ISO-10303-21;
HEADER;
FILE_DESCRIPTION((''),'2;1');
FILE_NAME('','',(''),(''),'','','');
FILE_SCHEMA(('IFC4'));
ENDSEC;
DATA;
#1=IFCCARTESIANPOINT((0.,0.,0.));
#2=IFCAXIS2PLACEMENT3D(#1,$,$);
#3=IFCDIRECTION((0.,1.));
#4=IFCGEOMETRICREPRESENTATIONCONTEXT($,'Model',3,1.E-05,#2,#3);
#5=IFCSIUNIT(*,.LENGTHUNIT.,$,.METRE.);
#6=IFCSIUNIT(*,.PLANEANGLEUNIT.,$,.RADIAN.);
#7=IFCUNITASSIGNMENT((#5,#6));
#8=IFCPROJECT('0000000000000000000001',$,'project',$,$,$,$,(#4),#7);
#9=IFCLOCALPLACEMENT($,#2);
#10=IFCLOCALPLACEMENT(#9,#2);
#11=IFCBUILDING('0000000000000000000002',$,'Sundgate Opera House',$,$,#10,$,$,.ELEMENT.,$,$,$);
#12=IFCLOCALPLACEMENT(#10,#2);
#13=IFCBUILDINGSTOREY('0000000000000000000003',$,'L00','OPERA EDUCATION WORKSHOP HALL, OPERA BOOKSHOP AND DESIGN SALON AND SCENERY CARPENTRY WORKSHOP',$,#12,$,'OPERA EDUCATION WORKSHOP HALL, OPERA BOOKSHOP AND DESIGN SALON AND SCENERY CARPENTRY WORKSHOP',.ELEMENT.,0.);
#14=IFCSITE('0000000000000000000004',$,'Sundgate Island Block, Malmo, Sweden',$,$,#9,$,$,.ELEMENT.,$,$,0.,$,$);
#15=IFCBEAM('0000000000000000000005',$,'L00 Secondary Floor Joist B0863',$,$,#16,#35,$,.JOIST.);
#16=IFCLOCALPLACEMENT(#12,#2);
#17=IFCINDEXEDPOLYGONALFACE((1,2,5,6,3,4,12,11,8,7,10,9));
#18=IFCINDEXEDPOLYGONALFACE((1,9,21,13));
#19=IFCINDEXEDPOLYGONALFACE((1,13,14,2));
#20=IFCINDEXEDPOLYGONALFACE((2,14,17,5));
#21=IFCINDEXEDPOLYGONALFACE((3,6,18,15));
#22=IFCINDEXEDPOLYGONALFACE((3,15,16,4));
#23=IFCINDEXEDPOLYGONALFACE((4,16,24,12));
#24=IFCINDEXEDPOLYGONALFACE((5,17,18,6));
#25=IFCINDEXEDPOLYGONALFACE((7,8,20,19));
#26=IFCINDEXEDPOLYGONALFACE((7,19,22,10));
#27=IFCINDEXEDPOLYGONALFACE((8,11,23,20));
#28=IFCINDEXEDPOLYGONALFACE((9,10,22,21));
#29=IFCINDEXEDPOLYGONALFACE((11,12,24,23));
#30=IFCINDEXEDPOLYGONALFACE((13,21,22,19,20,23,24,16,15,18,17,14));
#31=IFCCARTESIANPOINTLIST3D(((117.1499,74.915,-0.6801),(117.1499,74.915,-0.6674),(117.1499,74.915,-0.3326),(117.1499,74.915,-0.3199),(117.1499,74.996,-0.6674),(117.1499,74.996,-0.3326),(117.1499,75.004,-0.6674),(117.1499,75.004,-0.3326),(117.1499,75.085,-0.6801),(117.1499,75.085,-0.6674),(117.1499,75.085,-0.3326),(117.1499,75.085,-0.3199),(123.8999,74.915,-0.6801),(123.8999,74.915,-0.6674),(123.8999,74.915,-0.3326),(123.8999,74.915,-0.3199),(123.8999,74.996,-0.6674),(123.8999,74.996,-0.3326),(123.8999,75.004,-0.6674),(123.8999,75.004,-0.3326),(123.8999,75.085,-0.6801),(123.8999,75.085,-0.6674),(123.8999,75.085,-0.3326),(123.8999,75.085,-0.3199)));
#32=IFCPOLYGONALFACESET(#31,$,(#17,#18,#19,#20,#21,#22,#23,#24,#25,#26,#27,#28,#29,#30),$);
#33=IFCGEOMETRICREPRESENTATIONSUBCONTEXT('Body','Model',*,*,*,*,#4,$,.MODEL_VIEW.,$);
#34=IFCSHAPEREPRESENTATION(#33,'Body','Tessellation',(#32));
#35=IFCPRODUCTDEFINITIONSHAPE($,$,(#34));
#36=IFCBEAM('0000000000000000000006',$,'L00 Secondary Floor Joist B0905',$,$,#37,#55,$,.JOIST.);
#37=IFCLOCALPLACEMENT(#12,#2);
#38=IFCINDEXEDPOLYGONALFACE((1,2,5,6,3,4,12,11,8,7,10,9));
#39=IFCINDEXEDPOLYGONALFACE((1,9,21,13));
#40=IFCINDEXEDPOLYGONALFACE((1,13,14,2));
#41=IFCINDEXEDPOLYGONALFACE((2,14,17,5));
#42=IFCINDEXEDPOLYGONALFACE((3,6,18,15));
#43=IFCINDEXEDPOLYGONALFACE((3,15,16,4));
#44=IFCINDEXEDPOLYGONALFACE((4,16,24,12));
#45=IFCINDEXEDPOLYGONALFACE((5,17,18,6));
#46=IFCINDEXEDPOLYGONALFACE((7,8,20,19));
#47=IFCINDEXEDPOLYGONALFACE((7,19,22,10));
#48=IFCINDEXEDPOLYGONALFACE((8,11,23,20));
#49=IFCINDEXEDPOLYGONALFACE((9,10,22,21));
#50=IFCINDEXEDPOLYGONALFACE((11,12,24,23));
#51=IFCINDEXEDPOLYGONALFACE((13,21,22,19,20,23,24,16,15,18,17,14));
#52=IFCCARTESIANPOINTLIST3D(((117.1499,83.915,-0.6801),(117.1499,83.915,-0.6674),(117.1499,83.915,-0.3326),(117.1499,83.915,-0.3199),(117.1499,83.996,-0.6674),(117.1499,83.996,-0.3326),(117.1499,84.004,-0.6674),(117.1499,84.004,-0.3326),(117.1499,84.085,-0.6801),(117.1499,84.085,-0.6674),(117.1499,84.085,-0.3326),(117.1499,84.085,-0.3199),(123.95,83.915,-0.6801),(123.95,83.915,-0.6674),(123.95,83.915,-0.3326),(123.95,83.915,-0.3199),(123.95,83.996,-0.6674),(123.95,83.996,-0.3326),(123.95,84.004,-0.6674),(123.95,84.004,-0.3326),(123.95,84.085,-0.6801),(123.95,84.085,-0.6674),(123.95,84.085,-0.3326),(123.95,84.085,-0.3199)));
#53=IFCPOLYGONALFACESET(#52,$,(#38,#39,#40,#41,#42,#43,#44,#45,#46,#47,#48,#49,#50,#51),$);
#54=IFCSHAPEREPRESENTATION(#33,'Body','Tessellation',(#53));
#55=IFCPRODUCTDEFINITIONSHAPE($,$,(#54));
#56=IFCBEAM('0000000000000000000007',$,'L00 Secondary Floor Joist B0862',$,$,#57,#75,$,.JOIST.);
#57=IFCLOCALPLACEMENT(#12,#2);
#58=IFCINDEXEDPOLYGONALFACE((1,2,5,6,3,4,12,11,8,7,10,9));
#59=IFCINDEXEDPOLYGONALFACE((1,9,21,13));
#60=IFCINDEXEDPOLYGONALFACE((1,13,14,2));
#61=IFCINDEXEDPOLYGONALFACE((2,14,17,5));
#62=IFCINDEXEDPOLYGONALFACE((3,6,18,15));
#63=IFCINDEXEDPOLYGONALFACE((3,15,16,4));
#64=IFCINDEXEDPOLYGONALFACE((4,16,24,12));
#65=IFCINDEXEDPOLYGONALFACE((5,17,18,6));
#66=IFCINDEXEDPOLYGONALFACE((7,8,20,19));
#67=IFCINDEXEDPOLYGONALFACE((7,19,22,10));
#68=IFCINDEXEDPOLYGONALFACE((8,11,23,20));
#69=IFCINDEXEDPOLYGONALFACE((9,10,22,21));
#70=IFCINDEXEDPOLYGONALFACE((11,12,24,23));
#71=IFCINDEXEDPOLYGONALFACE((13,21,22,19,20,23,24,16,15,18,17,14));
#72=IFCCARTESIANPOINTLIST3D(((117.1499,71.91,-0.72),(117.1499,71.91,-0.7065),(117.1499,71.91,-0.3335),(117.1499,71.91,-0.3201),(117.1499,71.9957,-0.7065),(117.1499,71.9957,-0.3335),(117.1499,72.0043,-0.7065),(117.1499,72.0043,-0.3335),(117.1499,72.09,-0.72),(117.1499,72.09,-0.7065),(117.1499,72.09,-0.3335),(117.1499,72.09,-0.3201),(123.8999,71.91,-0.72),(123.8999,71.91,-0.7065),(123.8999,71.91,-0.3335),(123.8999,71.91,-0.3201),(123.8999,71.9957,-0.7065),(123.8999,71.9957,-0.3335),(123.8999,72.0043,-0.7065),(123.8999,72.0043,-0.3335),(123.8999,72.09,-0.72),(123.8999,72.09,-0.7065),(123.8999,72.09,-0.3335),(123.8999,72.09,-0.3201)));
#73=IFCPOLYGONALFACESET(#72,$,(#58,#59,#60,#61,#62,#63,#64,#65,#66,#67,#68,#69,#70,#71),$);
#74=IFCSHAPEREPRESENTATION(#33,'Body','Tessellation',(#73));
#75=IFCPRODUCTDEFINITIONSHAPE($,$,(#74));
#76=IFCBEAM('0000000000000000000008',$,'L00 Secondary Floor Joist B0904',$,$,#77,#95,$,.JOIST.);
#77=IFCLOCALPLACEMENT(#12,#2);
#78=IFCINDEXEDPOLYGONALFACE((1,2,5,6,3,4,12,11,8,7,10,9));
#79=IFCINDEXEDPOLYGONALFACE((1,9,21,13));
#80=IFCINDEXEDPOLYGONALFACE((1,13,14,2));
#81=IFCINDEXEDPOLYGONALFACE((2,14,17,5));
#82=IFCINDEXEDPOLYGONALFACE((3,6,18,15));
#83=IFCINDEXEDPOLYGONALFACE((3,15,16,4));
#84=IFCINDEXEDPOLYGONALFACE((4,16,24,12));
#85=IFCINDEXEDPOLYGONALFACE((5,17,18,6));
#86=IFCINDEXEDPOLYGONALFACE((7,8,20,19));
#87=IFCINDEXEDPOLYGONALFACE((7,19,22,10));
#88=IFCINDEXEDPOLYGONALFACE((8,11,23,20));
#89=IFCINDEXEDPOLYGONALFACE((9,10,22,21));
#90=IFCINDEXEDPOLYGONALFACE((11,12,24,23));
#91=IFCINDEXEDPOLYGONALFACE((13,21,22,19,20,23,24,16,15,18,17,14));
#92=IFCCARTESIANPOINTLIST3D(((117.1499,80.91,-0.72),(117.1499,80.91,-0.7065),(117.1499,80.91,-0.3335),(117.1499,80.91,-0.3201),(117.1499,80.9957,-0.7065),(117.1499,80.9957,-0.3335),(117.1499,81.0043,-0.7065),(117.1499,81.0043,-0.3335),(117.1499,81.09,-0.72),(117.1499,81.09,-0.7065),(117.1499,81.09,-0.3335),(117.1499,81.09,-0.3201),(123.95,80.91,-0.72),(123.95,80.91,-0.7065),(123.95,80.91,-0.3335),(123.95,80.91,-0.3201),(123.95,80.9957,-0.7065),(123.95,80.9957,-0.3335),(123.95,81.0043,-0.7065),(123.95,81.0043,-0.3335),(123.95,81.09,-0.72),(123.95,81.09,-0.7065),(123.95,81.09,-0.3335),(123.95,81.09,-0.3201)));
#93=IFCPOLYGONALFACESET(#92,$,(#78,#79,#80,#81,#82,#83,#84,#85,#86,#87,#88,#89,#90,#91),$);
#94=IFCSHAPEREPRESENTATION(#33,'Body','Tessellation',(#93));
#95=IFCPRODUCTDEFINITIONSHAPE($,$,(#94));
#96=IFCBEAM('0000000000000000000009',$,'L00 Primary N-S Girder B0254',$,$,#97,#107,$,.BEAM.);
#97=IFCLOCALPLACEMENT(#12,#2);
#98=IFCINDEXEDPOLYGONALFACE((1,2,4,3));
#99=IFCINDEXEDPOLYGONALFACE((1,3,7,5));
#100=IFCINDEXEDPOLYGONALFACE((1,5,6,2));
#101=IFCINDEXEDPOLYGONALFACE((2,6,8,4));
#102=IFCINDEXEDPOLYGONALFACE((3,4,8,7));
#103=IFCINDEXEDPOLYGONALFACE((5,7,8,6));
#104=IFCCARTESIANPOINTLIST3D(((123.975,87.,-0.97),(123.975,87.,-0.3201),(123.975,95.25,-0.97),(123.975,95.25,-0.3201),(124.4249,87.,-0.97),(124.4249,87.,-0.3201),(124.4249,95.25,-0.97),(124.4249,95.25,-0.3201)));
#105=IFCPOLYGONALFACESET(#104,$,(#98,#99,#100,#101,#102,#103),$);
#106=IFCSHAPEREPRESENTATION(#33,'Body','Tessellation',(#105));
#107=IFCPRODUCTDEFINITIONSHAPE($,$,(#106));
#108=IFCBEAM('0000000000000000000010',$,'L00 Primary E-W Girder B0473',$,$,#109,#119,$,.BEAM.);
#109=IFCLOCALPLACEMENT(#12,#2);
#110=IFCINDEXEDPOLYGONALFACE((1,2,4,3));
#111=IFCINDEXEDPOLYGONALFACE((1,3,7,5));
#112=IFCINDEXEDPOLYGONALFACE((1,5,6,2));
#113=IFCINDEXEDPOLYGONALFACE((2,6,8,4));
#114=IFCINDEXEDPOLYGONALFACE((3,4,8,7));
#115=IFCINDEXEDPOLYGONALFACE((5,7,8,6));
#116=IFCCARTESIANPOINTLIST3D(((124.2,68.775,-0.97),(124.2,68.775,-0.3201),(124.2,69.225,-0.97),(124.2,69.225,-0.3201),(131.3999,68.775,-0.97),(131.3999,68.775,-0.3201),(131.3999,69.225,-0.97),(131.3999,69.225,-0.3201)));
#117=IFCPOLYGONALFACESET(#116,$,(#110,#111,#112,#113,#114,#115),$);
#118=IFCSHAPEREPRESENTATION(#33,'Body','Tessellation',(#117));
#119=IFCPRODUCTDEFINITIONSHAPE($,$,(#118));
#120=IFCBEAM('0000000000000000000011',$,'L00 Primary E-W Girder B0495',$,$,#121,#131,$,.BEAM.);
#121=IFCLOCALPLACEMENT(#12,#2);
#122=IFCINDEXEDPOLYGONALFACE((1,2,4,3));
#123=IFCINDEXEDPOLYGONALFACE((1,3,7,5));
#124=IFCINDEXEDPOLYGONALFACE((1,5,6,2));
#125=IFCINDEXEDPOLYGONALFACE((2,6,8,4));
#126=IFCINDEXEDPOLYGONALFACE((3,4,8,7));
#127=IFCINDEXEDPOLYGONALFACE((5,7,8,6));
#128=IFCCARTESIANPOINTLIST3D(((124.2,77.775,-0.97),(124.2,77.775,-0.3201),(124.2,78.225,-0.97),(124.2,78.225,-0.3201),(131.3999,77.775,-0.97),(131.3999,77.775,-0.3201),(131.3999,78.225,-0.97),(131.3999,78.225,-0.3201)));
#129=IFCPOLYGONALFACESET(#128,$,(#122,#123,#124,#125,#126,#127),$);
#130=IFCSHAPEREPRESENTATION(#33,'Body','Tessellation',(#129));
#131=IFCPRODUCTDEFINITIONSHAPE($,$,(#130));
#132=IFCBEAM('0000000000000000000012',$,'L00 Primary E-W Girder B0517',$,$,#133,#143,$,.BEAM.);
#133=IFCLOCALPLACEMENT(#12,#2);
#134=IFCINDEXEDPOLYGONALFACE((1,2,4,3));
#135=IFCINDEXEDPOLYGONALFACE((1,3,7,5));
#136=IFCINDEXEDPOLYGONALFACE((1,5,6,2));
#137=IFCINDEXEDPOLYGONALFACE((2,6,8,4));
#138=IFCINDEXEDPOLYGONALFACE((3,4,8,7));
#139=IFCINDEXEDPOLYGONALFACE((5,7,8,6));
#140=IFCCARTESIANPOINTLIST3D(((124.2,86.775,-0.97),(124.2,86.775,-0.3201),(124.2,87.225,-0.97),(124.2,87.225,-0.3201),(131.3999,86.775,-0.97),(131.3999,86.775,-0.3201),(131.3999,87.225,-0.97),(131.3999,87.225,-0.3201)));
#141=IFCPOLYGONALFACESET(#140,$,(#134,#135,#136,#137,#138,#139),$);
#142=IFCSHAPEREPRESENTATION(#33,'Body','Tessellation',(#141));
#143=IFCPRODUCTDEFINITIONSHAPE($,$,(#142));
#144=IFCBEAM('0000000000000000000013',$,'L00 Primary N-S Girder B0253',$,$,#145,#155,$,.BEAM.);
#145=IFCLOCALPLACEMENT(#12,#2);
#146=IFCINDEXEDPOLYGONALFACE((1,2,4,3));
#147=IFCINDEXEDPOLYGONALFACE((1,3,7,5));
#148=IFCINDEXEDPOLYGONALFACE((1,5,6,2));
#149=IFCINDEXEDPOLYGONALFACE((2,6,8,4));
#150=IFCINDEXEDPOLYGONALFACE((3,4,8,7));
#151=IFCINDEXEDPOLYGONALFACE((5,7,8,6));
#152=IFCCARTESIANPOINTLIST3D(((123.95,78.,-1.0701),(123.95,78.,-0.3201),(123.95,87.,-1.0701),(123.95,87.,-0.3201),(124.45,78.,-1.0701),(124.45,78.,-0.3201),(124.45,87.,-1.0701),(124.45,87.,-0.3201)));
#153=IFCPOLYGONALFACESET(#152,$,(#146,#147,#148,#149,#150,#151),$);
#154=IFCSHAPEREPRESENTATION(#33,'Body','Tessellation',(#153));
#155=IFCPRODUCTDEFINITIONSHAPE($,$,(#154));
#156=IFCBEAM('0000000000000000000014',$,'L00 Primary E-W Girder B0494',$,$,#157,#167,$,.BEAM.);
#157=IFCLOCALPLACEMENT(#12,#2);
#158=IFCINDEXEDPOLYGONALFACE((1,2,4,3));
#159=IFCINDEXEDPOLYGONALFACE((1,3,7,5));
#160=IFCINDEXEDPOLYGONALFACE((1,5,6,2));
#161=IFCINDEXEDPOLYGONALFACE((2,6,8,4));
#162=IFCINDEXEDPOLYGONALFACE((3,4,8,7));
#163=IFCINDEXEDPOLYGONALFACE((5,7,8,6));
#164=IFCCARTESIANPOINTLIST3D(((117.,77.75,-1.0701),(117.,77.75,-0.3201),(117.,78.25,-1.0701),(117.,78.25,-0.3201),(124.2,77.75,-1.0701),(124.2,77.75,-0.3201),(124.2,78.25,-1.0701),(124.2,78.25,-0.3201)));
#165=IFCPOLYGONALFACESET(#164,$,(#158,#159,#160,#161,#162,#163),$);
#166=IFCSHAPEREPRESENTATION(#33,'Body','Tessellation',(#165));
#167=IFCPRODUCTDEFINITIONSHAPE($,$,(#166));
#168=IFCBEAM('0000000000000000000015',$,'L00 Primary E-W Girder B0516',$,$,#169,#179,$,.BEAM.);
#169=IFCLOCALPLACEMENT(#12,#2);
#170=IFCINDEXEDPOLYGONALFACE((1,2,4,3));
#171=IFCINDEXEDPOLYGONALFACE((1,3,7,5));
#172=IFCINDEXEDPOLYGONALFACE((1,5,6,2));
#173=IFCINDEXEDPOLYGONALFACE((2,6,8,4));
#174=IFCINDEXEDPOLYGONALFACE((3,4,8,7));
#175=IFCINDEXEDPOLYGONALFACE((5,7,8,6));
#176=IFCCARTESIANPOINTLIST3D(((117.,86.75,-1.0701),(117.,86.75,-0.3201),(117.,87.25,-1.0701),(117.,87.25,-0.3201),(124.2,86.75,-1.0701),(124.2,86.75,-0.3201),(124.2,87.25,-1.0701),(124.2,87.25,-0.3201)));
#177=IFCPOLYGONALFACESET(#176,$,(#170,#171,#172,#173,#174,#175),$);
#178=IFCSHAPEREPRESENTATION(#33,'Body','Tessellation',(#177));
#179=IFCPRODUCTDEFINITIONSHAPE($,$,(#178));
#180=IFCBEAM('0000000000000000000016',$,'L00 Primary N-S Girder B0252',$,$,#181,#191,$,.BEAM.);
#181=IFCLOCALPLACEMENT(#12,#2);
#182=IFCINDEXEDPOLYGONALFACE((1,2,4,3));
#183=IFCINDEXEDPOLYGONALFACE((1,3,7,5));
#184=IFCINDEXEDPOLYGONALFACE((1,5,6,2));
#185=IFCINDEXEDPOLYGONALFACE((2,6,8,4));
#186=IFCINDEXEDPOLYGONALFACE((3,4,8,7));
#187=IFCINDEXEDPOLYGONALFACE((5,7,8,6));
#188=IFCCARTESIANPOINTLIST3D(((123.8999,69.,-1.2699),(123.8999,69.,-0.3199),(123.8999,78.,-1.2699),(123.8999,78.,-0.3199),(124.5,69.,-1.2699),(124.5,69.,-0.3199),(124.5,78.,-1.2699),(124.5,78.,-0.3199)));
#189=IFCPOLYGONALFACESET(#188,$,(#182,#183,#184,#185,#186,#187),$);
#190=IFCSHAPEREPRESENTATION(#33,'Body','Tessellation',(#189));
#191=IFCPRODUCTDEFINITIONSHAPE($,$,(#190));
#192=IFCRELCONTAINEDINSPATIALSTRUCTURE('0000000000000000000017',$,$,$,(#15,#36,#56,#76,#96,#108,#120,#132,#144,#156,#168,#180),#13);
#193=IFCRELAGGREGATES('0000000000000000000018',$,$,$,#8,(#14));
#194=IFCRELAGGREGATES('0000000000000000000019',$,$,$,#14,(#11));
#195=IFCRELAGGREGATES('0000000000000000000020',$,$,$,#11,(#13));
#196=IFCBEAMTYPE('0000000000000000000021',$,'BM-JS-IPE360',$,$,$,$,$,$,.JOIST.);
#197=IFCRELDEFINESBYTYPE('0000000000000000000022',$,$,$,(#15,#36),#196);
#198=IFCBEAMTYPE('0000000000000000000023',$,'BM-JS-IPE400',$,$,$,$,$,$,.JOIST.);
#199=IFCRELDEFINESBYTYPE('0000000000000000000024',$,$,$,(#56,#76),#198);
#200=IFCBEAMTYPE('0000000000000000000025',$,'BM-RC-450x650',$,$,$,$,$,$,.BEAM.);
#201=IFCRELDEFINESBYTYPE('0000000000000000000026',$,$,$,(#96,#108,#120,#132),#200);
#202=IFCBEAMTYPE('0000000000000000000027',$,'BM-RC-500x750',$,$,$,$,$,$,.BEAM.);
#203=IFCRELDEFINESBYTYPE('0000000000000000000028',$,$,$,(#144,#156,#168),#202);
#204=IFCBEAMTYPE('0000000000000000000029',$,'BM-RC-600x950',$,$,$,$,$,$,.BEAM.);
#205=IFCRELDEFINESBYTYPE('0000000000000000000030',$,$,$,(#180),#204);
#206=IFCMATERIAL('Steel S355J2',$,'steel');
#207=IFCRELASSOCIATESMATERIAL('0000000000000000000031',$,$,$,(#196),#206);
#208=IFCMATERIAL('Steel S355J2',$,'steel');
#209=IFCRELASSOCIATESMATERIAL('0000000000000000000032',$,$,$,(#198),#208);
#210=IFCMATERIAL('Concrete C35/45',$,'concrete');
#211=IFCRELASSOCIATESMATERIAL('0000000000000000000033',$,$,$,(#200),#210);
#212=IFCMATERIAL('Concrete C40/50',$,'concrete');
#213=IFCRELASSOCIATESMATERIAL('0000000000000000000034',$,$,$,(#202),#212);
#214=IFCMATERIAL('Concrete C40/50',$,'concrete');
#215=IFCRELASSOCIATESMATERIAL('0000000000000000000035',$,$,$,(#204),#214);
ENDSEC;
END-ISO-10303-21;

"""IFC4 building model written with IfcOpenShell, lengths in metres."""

from ifc_helpers import new_model, si_unit, direction, frame, origin, origin_2d, place, context, subcontext, project, spatial, rectangle, i_section, extrude, material, material_profile, profile_set, type_object, element, save


model = new_model("IFC4")

# Units and contexts
model_context = context("Model", 3, precision=1e-05, world=origin(), true_north=direction((0.0, 1.0)))
body_context = subcontext(model_context, "Body", "Model", "MODEL_VIEW")
ifc_project = project(units=[si_unit("LENGTHUNIT", "METRE"), si_unit("PLANEANGLEUNIT", "RADIAN")], contexts=[model_context])

# Site, building, storey
site_placement = place(None, origin())
site = spatial("IfcSite", under=ifc_project, at=site_placement, Name="Sundgate Island Block, Malmo, Sweden", CompositionType="ELEMENT", RefElevation=0.0)
building_placement = place(site_placement, origin())
building = spatial("IfcBuilding", under=site, at=building_placement, Name="Sundgate Opera House", CompositionType="ELEMENT")
storey_placement = place(building_placement, origin())
storey = spatial("IfcBuildingStorey", under=building, at=storey_placement, Name="L00", Description="OPERA EDUCATION WORKSHOP HALL, OPERA BOOKSHOP AND DESIGN SALON AND SCENERY CARPENTRY WORKSHOP", LongName="OPERA EDUCATION WORKSHOP HALL, OPERA BOOKSHOP AND DESIGN SALON AND SCENERY CARPENTRY WORKSHOP", CompositionType="ELEMENT", Elevation=0.0)

# Beams
ifc_material_1 = material(Name="Steel S355J2", Category="steel")
ifc_material_profile_1 = material_profile(ifc_material_1, i_section(OverallWidth=0.1699, OverallDepth=0.3601, WebThickness=0.0081, FlangeThickness=0.0127, at=origin_2d()), Name="IPE 360")
ifc_profile_set_1 = profile_set([ifc_material_profile_1], Name="Steel S355J2")
beam_type_1 = type_object("IfcBeamType", Name="BM-JS-IPE360", PredefinedType="JOIST", material=ifc_profile_set_1)
beam_1_placement = place(storey_placement, frame((117.1499, 75.0, -0.5), z_axis=(1.0, 0.0, 0.0), x_axis=(0.0, 1.0, 0.0)))
element("IfcBeam", 1, at=beam_1_placement, inside=storey, type_object=beam_type_1, Name="L00 Secondary Floor Joist B0863", PredefinedType="JOIST", context=body_context, shape_type="SweptSolid", body=[
    extrude(i_section(OverallWidth=0.1699, OverallDepth=0.3601, WebThickness=0.0081, FlangeThickness=0.0127, at=origin_2d()), origin(), (0.0, 0.0, 1.0), 6.75),
])
beam_2_placement = place(storey_placement, frame((117.1499, 84.0, -0.5), z_axis=(1.0, 0.0, 0.0), x_axis=(0.0, 1.0, 0.0)))
element("IfcBeam", 2, at=beam_2_placement, inside=storey, type_object=beam_type_1, Name="L00 Secondary Floor Joist B0905", PredefinedType="JOIST", context=body_context, shape_type="SweptSolid", body=[
    extrude(i_section(OverallWidth=0.1699, OverallDepth=0.3601, WebThickness=0.0081, FlangeThickness=0.0127, at=origin_2d()), origin(), (0.0, 0.0, 1.0), 6.8),
])
ifc_material_2 = material(Name="Steel S355J2", Category="steel")
ifc_material_profile_2 = material_profile(ifc_material_2, i_section(OverallWidth=0.1799, OverallDepth=0.3999, WebThickness=0.0085, FlangeThickness=0.0134, at=origin_2d()), Name="IPE 400")
ifc_profile_set_2 = profile_set([ifc_material_profile_2], Name="Steel S355J2")
beam_type_2 = type_object("IfcBeamType", Name="BM-JS-IPE400", PredefinedType="JOIST", material=ifc_profile_set_2)
beam_3_placement = place(storey_placement, frame((117.1499, 72.0, -0.52), z_axis=(1.0, 0.0, 0.0), x_axis=(0.0, 1.0, 0.0)))
element("IfcBeam", 3, at=beam_3_placement, inside=storey, type_object=beam_type_2, Name="L00 Secondary Floor Joist B0862", PredefinedType="JOIST", context=body_context, shape_type="SweptSolid", body=[
    extrude(i_section(OverallWidth=0.1799, OverallDepth=0.3999, WebThickness=0.0085, FlangeThickness=0.0134, at=origin_2d()), origin(), (0.0, 0.0, 1.0), 6.75),
])
beam_4_placement = place(storey_placement, frame((117.1499, 81.0, -0.52), z_axis=(1.0, 0.0, 0.0), x_axis=(0.0, 1.0, 0.0)))
element("IfcBeam", 4, at=beam_4_placement, inside=storey, type_object=beam_type_2, Name="L00 Secondary Floor Joist B0904", PredefinedType="JOIST", context=body_context, shape_type="SweptSolid", body=[
    extrude(i_section(OverallWidth=0.1799, OverallDepth=0.3999, WebThickness=0.0085, FlangeThickness=0.0134, at=origin_2d()), origin(), (0.0, 0.0, 1.0), 6.8),
])
ifc_material_3 = material(Name="Concrete C35/45", Category="concrete")
ifc_material_profile_3 = material_profile(ifc_material_3, rectangle(XDim=0.45, YDim=0.6499, at=origin_2d()), Name="RC 450x650")
ifc_profile_set_3 = profile_set([ifc_material_profile_3], Name="Concrete C35/45")
beam_type_3 = type_object("IfcBeamType", Name="BM-RC-450x650", PredefinedType="BEAM", material=ifc_profile_set_3)
beam_5_placement = place(storey_placement, frame((124.2, 87.0, -0.645), z_axis=(0.0, 1.0, 0.0), x_axis=(-1.0, 0.0, 0.0)))
element("IfcBeam", 5, at=beam_5_placement, inside=storey, type_object=beam_type_3, Name="L00 Primary N-S Girder B0254", PredefinedType="BEAM", context=body_context, shape_type="SweptSolid", body=[
    extrude(rectangle(XDim=0.45, YDim=0.6499, at=origin_2d()), origin(), (0.0, 0.0, 1.0), 8.25),
])
for number, where, z_axis, x_axis, name in (
    (6, (124.2, 69.0, -0.645), (1.0, 0.0, 0.0), (0.0, 1.0, 0.0), "L00 Primary E-W Girder B0473"),
    (7, (124.2, 78.0, -0.645), (1.0, 0.0, 0.0), (0.0, 1.0, 0.0), "L00 Primary E-W Girder B0495"),
    (8, (124.2, 87.0, -0.645), (1.0, 0.0, 0.0), (0.0, 1.0, 0.0), "L00 Primary E-W Girder B0517"),
):
    element("IfcBeam", number, at=place(storey_placement, frame(where, z_axis=z_axis, x_axis=x_axis)), inside=storey, type_object=beam_type_3, Name=name, PredefinedType="BEAM", context=body_context, shape_type="SweptSolid", body=[
        extrude(rectangle(XDim=0.45, YDim=0.6499, at=origin_2d()), origin(), (0.0, 0.0, 1.0), 7.2),
    ])
ifc_material_4 = material(Name="Concrete C40/50", Category="concrete")
ifc_material_profile_4 = material_profile(ifc_material_4, rectangle(XDim=0.5, YDim=0.75, at=origin_2d()), Name="RC 500x750")
ifc_profile_set_4 = profile_set([ifc_material_profile_4], Name="Concrete C40/50")
beam_type_4 = type_object("IfcBeamType", Name="BM-RC-500x750", PredefinedType="BEAM", material=ifc_profile_set_4)
beam_6_placement = place(storey_placement, frame((124.2, 78.0, -0.6951), z_axis=(0.0, 1.0, 0.0), x_axis=(-1.0, 0.0, 0.0)))
element("IfcBeam", 9, at=beam_6_placement, inside=storey, type_object=beam_type_4, Name="L00 Primary N-S Girder B0253", PredefinedType="BEAM", context=body_context, shape_type="SweptSolid", body=[
    extrude(rectangle(XDim=0.5, YDim=0.75, at=origin_2d()), origin(), (0.0, 0.0, 1.0), 9.0),
])
for number, where, z_axis, x_axis, name in (
    (10, (117.0, 78.0, -0.6951), (1.0, 0.0, 0.0), (0.0, 1.0, 0.0), "L00 Primary E-W Girder B0494"),
    (11, (117.0, 87.0, -0.6951), (1.0, 0.0, 0.0), (0.0, 1.0, 0.0), "L00 Primary E-W Girder B0516"),
):
    element("IfcBeam", number, at=place(storey_placement, frame(where, z_axis=z_axis, x_axis=x_axis)), inside=storey, type_object=beam_type_4, Name=name, PredefinedType="BEAM", context=body_context, shape_type="SweptSolid", body=[
        extrude(rectangle(XDim=0.5, YDim=0.75, at=origin_2d()), origin(), (0.0, 0.0, 1.0), 7.2),
    ])
ifc_material_5 = material(Name="Concrete C40/50", Category="concrete")
ifc_material_profile_5 = material_profile(ifc_material_5, rectangle(XDim=0.6001, YDim=0.95, at=origin_2d()), Name="RC 600x950")
ifc_profile_set_5 = profile_set([ifc_material_profile_5], Name="Concrete C40/50")
beam_type_5 = type_object("IfcBeamType", Name="BM-RC-600x950", PredefinedType="BEAM", material=ifc_profile_set_5)
beam_7_placement = place(storey_placement, frame((124.2, 69.0, -0.7949), z_axis=(0.0, 1.0, 0.0), x_axis=(-1.0, 0.0, 0.0)))
element("IfcBeam", 12, at=beam_7_placement, inside=storey, type_object=beam_type_5, Name="L00 Primary N-S Girder B0252", PredefinedType="BEAM", context=body_context, shape_type="SweptSolid", body=[
    extrude(rectangle(XDim=0.6001, YDim=0.95, at=origin_2d()), origin(), (0.0, 0.0, 1.0), 9.0),
])

save(model, "model.ifc")
